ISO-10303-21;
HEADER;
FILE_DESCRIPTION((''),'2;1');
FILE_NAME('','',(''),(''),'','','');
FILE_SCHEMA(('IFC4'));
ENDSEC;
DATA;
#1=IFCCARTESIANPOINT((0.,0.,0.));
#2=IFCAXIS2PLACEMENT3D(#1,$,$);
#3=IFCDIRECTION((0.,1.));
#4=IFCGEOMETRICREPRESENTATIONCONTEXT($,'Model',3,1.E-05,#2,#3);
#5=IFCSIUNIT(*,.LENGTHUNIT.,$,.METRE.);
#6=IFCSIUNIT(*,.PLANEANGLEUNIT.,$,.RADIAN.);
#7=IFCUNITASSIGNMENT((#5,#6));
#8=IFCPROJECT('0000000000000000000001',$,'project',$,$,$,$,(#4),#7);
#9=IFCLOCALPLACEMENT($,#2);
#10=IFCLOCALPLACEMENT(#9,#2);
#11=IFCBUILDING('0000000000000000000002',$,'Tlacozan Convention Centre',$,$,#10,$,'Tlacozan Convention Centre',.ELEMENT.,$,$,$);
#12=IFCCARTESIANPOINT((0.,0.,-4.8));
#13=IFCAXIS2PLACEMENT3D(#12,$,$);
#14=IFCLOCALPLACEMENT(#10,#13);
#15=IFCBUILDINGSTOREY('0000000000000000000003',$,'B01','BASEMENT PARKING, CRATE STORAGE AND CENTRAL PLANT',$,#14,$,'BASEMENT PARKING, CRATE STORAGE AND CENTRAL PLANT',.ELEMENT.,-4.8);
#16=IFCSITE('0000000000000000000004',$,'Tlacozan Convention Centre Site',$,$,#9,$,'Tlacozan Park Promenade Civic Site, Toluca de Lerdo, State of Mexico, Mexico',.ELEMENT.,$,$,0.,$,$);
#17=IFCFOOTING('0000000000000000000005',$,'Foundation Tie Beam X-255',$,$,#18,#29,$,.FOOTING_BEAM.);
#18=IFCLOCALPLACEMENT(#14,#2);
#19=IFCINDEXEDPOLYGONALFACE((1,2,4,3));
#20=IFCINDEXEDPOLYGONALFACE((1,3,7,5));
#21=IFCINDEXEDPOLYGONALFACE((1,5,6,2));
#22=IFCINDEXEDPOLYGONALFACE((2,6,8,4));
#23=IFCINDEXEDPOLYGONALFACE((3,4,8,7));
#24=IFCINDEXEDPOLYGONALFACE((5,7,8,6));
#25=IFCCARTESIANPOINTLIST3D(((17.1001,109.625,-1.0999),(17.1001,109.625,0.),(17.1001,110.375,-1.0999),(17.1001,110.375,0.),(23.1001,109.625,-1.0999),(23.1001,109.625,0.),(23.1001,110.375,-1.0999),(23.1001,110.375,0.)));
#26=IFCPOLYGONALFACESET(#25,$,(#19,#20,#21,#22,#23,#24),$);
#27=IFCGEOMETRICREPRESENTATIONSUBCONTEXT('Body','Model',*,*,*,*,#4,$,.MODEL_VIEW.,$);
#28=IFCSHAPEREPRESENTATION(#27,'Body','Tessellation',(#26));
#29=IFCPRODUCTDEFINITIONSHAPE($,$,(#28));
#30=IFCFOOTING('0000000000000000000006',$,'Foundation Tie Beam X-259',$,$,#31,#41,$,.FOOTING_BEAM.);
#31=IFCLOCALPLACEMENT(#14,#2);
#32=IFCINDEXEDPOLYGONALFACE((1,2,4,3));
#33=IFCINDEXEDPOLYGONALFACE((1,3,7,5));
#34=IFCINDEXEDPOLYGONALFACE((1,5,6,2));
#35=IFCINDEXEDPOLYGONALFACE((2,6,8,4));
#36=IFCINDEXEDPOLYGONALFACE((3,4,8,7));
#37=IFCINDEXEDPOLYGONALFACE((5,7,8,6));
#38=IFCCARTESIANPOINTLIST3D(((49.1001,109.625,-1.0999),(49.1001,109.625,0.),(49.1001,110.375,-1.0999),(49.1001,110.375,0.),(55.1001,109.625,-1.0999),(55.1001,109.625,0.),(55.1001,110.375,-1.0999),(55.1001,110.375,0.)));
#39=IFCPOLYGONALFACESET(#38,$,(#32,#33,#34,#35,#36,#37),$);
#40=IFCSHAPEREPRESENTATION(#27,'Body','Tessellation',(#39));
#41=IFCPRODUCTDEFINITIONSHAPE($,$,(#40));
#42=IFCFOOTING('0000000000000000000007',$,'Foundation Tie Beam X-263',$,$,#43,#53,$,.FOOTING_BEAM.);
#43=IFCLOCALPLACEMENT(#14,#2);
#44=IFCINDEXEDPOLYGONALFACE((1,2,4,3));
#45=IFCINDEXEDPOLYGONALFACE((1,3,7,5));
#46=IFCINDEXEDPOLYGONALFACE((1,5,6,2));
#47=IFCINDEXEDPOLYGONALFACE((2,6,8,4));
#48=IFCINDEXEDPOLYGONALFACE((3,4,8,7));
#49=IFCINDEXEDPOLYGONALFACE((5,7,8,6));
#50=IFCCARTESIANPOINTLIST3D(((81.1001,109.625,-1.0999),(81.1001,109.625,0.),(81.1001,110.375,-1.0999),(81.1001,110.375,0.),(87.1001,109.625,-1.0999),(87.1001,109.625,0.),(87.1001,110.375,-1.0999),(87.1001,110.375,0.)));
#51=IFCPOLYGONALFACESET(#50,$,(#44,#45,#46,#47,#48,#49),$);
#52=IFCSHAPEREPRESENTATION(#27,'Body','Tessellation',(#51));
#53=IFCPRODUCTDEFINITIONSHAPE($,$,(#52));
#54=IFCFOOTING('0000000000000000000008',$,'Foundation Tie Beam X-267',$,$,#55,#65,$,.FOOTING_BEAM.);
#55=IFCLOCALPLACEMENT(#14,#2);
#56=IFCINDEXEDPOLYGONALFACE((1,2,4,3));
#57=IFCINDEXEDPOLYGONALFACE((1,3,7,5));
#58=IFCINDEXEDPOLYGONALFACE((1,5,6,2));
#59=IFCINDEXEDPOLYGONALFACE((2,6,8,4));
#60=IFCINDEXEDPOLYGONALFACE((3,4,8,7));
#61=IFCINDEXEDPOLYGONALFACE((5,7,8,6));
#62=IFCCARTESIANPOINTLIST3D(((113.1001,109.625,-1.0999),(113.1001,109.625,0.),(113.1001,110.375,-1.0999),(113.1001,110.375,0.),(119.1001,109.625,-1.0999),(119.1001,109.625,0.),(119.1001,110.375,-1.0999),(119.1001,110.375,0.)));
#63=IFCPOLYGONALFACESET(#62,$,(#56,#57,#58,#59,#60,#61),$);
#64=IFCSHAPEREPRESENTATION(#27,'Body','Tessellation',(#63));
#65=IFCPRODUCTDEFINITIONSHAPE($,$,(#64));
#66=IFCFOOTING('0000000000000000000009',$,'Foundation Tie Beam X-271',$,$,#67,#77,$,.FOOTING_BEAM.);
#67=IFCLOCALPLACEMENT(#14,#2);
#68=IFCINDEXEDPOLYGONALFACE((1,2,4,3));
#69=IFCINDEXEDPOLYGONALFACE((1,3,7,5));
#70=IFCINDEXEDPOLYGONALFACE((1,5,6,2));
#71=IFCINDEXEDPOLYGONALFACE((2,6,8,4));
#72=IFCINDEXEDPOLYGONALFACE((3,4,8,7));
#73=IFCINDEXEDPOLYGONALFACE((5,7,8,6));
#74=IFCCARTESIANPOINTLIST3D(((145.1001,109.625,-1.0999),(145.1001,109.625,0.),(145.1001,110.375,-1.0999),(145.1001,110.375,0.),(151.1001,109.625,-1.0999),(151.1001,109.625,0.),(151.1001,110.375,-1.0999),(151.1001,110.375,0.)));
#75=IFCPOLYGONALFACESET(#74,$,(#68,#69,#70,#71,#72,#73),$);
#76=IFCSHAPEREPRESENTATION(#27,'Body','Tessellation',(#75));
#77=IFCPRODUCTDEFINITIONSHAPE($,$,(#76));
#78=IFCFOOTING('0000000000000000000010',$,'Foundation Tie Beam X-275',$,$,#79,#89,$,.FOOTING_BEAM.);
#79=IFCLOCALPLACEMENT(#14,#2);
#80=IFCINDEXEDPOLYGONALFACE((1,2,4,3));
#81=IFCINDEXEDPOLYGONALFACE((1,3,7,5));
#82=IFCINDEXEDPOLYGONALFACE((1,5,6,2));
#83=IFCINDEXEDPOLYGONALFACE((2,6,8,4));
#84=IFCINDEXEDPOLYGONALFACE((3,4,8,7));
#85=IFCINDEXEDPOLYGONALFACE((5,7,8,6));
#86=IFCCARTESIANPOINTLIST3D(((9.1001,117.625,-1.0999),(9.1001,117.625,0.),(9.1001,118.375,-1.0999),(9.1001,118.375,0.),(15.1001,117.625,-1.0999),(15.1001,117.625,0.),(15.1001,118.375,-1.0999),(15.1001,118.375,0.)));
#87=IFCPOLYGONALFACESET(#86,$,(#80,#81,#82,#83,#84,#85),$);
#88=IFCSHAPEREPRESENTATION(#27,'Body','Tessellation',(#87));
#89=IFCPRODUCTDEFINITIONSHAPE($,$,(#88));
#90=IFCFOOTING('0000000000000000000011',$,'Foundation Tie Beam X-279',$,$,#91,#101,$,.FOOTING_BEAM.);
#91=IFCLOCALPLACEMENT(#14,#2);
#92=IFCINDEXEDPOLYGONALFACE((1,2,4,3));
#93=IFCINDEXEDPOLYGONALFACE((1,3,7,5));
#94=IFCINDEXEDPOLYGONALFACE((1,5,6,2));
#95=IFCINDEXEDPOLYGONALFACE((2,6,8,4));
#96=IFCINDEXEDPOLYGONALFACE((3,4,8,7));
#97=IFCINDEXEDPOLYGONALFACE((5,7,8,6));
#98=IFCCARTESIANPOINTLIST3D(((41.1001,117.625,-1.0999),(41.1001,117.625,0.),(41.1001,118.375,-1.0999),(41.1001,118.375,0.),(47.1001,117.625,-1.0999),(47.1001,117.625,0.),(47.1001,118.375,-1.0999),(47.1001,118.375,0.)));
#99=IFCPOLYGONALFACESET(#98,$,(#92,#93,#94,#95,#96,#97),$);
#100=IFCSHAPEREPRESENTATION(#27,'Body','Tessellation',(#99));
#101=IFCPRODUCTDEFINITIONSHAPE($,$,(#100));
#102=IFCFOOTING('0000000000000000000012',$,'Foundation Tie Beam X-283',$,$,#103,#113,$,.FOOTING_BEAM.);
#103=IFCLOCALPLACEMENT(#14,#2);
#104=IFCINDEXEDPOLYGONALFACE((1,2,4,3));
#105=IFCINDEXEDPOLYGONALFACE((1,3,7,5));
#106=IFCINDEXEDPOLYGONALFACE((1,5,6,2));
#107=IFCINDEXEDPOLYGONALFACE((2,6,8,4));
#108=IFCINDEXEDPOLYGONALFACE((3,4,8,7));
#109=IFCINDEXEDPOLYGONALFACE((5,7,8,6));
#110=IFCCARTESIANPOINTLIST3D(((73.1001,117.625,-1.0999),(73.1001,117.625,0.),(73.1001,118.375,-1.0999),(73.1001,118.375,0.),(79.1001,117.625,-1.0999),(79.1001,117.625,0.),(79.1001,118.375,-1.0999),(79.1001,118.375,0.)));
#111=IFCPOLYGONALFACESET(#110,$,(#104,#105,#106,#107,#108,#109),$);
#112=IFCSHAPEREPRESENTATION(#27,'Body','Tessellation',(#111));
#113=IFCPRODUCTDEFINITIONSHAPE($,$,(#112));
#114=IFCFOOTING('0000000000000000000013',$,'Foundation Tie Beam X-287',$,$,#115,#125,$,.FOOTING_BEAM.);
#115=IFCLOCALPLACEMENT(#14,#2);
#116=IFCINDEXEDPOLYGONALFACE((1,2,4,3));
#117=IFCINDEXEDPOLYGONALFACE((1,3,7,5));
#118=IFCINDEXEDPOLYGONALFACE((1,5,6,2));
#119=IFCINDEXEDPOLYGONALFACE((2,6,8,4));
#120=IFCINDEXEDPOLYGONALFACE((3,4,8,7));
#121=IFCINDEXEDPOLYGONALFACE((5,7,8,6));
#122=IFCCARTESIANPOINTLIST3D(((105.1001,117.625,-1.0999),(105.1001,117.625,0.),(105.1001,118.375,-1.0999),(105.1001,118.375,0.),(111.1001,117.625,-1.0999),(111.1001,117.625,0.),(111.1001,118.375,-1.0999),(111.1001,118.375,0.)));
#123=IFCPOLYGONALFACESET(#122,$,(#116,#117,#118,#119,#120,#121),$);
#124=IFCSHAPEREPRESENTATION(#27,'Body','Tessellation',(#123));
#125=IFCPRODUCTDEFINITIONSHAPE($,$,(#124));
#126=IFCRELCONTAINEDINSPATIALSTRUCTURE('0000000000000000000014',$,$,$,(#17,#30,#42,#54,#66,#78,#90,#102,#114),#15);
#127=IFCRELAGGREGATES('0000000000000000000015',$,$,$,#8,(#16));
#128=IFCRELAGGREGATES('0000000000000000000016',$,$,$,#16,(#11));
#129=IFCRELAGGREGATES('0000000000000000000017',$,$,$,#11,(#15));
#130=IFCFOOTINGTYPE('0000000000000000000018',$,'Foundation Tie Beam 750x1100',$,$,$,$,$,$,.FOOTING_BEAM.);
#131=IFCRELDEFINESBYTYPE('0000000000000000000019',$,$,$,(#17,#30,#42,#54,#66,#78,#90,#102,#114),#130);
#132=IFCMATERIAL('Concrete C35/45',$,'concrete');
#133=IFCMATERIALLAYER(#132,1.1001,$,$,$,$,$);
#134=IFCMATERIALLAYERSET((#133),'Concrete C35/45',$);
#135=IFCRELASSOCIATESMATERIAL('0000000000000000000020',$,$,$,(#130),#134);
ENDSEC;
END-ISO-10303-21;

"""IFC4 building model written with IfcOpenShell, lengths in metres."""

from ifc_helpers import new_model, si_unit, direction, frame, origin, place, context, subcontext, project, spatial, polyline, outline, extrude, material, layer, layer_set, type_object, element, save


model = new_model("IFC4")

# Units and contexts
model_context = context("Model", 3, precision=1e-05, world=origin(), true_north=direction((0.0, 1.0)))
body_context = subcontext(model_context, "Body", "Model", "MODEL_VIEW")
ifc_project = project(units=[si_unit("LENGTHUNIT", "METRE"), si_unit("PLANEANGLEUNIT", "RADIAN")], contexts=[model_context])

# Site, building, storey
site_placement = place(None, origin())
site = spatial("IfcSite", under=ifc_project, at=site_placement, Name="Tlacozan Convention Centre Site", LongName="Tlacozan Park Promenade Civic Site, Toluca de Lerdo, State of Mexico, Mexico", CompositionType="ELEMENT", RefElevation=0.0)
building_placement = place(site_placement, origin())
building = spatial("IfcBuilding", under=site, at=building_placement, Name="Tlacozan Convention Centre", LongName="Tlacozan Convention Centre", CompositionType="ELEMENT")
storey_placement = place(building_placement, frame((0.0, 0.0, -4.8)))
storey = spatial("IfcBuildingStorey", under=building, at=storey_placement, Name="B01", Description="BASEMENT PARKING, CRATE STORAGE AND CENTRAL PLANT", LongName="BASEMENT PARKING, CRATE STORAGE AND CENTRAL PLANT", CompositionType="ELEMENT", Elevation=-4.8)

# Footings
ifc_material = material(Name="Concrete C35/45", Category="concrete")
ifc_layer = layer(ifc_material, 1.1001)
ifc_layer_set = layer_set([ifc_layer], Name="Concrete C35/45")
footing_type = type_object("IfcFootingType", Name="Foundation Tie Beam 750x1100", PredefinedType="FOOTING_BEAM", material=ifc_layer_set)
footing_1_placement = place(storey_placement, frame((0.0, 0.0, -1.0999)))
element("IfcFooting", 1, at=footing_1_placement, inside=storey, type_object=footing_type, Name="Foundation Tie Beam X-255", PredefinedType="FOOTING_BEAM", context=body_context, shape_type="SweptSolid", body=[
    extrude(outline(polyline([(17.1001, 109.625), (23.1001, 109.625), (23.1001, 110.375), (17.1001, 110.375), (17.1001, 109.625)])), origin(), (0.0, 0.0, 1.0), 1.0999),
])
footing_2_placement = place(storey_placement, frame((0.0, 0.0, -1.0999)))
element("IfcFooting", 2, at=footing_2_placement, inside=storey, type_object=footing_type, Name="Foundation Tie Beam X-259", PredefinedType="FOOTING_BEAM", context=body_context, shape_type="SweptSolid", body=[
    extrude(outline(polyline([(49.1001, 109.625), (55.1001, 109.625), (55.1001, 110.375), (49.1001, 110.375), (49.1001, 109.625)])), origin(), (0.0, 0.0, 1.0), 1.0999),
])
footing_3_placement = place(storey_placement, frame((0.0, 0.0, -1.0999)))
element("IfcFooting", 3, at=footing_3_placement, inside=storey, type_object=footing_type, Name="Foundation Tie Beam X-263", PredefinedType="FOOTING_BEAM", context=body_context, shape_type="SweptSolid", body=[
    extrude(outline(polyline([(81.1001, 109.625), (87.1001, 109.625), (87.1001, 110.375), (81.1001, 110.375), (81.1001, 109.625)])), origin(), (0.0, 0.0, 1.0), 1.0999),
])
footing_4_placement = place(storey_placement, frame((0.0, 0.0, -1.0999)))
element("IfcFooting", 4, at=footing_4_placement, inside=storey, type_object=footing_type, Name="Foundation Tie Beam X-267", PredefinedType="FOOTING_BEAM", context=body_context, shape_type="SweptSolid", body=[
    extrude(outline(polyline([(113.1001, 109.625), (119.1001, 109.625), (119.1001, 110.375), (113.1001, 110.375), (113.1001, 109.625)])), origin(), (0.0, 0.0, 1.0), 1.0999),
])
footing_5_placement = place(storey_placement, frame((0.0, 0.0, -1.0999)))
element("IfcFooting", 5, at=footing_5_placement, inside=storey, type_object=footing_type, Name="Foundation Tie Beam X-271", PredefinedType="FOOTING_BEAM", context=body_context, shape_type="SweptSolid", body=[
    extrude(outline(polyline([(145.1001, 109.625), (151.1001, 109.625), (151.1001, 110.375), (145.1001, 110.375), (145.1001, 109.625)])), origin(), (0.0, 0.0, 1.0), 1.0999),
])
footing_6_placement = place(storey_placement, frame((0.0, 0.0, -1.0999)))
element("IfcFooting", 6, at=footing_6_placement, inside=storey, type_object=footing_type, Name="Foundation Tie Beam X-275", PredefinedType="FOOTING_BEAM", context=body_context, shape_type="SweptSolid", body=[
    extrude(outline(polyline([(9.1001, 117.625), (15.1001, 117.625), (15.1001, 118.375), (9.1001, 118.375), (9.1001, 117.625)])), origin(), (0.0, 0.0, 1.0), 1.0999),
])
footing_7_placement = place(storey_placement, frame((0.0, 0.0, -1.0999)))
element("IfcFooting", 7, at=footing_7_placement, inside=storey, type_object=footing_type, Name="Foundation Tie Beam X-279", PredefinedType="FOOTING_BEAM", context=body_context, shape_type="SweptSolid", body=[
    extrude(outline(polyline([(41.1001, 117.625), (47.1001, 117.625), (47.1001, 118.375), (41.1001, 118.375), (41.1001, 117.625)])), origin(), (0.0, 0.0, 1.0), 1.0999),
])
footing_8_placement = place(storey_placement, frame((0.0, 0.0, -1.0999)))
element("IfcFooting", 8, at=footing_8_placement, inside=storey, type_object=footing_type, Name="Foundation Tie Beam X-283", PredefinedType="FOOTING_BEAM", context=body_context, shape_type="SweptSolid", body=[
    extrude(outline(polyline([(73.1001, 117.625), (79.1001, 117.625), (79.1001, 118.375), (73.1001, 118.375), (73.1001, 117.625)])), origin(), (0.0, 0.0, 1.0), 1.0999),
])
footing_9_placement = place(storey_placement, frame((0.0, 0.0, -1.0999)))
element("IfcFooting", 9, at=footing_9_placement, inside=storey, type_object=footing_type, Name="Foundation Tie Beam X-287", PredefinedType="FOOTING_BEAM", context=body_context, shape_type="SweptSolid", body=[
    extrude(outline(polyline([(105.1001, 117.625), (111.1001, 117.625), (111.1001, 118.375), (105.1001, 118.375), (105.1001, 117.625)])), origin(), (0.0, 0.0, 1.0), 1.0999),
])

save(model, "model.ifc")
